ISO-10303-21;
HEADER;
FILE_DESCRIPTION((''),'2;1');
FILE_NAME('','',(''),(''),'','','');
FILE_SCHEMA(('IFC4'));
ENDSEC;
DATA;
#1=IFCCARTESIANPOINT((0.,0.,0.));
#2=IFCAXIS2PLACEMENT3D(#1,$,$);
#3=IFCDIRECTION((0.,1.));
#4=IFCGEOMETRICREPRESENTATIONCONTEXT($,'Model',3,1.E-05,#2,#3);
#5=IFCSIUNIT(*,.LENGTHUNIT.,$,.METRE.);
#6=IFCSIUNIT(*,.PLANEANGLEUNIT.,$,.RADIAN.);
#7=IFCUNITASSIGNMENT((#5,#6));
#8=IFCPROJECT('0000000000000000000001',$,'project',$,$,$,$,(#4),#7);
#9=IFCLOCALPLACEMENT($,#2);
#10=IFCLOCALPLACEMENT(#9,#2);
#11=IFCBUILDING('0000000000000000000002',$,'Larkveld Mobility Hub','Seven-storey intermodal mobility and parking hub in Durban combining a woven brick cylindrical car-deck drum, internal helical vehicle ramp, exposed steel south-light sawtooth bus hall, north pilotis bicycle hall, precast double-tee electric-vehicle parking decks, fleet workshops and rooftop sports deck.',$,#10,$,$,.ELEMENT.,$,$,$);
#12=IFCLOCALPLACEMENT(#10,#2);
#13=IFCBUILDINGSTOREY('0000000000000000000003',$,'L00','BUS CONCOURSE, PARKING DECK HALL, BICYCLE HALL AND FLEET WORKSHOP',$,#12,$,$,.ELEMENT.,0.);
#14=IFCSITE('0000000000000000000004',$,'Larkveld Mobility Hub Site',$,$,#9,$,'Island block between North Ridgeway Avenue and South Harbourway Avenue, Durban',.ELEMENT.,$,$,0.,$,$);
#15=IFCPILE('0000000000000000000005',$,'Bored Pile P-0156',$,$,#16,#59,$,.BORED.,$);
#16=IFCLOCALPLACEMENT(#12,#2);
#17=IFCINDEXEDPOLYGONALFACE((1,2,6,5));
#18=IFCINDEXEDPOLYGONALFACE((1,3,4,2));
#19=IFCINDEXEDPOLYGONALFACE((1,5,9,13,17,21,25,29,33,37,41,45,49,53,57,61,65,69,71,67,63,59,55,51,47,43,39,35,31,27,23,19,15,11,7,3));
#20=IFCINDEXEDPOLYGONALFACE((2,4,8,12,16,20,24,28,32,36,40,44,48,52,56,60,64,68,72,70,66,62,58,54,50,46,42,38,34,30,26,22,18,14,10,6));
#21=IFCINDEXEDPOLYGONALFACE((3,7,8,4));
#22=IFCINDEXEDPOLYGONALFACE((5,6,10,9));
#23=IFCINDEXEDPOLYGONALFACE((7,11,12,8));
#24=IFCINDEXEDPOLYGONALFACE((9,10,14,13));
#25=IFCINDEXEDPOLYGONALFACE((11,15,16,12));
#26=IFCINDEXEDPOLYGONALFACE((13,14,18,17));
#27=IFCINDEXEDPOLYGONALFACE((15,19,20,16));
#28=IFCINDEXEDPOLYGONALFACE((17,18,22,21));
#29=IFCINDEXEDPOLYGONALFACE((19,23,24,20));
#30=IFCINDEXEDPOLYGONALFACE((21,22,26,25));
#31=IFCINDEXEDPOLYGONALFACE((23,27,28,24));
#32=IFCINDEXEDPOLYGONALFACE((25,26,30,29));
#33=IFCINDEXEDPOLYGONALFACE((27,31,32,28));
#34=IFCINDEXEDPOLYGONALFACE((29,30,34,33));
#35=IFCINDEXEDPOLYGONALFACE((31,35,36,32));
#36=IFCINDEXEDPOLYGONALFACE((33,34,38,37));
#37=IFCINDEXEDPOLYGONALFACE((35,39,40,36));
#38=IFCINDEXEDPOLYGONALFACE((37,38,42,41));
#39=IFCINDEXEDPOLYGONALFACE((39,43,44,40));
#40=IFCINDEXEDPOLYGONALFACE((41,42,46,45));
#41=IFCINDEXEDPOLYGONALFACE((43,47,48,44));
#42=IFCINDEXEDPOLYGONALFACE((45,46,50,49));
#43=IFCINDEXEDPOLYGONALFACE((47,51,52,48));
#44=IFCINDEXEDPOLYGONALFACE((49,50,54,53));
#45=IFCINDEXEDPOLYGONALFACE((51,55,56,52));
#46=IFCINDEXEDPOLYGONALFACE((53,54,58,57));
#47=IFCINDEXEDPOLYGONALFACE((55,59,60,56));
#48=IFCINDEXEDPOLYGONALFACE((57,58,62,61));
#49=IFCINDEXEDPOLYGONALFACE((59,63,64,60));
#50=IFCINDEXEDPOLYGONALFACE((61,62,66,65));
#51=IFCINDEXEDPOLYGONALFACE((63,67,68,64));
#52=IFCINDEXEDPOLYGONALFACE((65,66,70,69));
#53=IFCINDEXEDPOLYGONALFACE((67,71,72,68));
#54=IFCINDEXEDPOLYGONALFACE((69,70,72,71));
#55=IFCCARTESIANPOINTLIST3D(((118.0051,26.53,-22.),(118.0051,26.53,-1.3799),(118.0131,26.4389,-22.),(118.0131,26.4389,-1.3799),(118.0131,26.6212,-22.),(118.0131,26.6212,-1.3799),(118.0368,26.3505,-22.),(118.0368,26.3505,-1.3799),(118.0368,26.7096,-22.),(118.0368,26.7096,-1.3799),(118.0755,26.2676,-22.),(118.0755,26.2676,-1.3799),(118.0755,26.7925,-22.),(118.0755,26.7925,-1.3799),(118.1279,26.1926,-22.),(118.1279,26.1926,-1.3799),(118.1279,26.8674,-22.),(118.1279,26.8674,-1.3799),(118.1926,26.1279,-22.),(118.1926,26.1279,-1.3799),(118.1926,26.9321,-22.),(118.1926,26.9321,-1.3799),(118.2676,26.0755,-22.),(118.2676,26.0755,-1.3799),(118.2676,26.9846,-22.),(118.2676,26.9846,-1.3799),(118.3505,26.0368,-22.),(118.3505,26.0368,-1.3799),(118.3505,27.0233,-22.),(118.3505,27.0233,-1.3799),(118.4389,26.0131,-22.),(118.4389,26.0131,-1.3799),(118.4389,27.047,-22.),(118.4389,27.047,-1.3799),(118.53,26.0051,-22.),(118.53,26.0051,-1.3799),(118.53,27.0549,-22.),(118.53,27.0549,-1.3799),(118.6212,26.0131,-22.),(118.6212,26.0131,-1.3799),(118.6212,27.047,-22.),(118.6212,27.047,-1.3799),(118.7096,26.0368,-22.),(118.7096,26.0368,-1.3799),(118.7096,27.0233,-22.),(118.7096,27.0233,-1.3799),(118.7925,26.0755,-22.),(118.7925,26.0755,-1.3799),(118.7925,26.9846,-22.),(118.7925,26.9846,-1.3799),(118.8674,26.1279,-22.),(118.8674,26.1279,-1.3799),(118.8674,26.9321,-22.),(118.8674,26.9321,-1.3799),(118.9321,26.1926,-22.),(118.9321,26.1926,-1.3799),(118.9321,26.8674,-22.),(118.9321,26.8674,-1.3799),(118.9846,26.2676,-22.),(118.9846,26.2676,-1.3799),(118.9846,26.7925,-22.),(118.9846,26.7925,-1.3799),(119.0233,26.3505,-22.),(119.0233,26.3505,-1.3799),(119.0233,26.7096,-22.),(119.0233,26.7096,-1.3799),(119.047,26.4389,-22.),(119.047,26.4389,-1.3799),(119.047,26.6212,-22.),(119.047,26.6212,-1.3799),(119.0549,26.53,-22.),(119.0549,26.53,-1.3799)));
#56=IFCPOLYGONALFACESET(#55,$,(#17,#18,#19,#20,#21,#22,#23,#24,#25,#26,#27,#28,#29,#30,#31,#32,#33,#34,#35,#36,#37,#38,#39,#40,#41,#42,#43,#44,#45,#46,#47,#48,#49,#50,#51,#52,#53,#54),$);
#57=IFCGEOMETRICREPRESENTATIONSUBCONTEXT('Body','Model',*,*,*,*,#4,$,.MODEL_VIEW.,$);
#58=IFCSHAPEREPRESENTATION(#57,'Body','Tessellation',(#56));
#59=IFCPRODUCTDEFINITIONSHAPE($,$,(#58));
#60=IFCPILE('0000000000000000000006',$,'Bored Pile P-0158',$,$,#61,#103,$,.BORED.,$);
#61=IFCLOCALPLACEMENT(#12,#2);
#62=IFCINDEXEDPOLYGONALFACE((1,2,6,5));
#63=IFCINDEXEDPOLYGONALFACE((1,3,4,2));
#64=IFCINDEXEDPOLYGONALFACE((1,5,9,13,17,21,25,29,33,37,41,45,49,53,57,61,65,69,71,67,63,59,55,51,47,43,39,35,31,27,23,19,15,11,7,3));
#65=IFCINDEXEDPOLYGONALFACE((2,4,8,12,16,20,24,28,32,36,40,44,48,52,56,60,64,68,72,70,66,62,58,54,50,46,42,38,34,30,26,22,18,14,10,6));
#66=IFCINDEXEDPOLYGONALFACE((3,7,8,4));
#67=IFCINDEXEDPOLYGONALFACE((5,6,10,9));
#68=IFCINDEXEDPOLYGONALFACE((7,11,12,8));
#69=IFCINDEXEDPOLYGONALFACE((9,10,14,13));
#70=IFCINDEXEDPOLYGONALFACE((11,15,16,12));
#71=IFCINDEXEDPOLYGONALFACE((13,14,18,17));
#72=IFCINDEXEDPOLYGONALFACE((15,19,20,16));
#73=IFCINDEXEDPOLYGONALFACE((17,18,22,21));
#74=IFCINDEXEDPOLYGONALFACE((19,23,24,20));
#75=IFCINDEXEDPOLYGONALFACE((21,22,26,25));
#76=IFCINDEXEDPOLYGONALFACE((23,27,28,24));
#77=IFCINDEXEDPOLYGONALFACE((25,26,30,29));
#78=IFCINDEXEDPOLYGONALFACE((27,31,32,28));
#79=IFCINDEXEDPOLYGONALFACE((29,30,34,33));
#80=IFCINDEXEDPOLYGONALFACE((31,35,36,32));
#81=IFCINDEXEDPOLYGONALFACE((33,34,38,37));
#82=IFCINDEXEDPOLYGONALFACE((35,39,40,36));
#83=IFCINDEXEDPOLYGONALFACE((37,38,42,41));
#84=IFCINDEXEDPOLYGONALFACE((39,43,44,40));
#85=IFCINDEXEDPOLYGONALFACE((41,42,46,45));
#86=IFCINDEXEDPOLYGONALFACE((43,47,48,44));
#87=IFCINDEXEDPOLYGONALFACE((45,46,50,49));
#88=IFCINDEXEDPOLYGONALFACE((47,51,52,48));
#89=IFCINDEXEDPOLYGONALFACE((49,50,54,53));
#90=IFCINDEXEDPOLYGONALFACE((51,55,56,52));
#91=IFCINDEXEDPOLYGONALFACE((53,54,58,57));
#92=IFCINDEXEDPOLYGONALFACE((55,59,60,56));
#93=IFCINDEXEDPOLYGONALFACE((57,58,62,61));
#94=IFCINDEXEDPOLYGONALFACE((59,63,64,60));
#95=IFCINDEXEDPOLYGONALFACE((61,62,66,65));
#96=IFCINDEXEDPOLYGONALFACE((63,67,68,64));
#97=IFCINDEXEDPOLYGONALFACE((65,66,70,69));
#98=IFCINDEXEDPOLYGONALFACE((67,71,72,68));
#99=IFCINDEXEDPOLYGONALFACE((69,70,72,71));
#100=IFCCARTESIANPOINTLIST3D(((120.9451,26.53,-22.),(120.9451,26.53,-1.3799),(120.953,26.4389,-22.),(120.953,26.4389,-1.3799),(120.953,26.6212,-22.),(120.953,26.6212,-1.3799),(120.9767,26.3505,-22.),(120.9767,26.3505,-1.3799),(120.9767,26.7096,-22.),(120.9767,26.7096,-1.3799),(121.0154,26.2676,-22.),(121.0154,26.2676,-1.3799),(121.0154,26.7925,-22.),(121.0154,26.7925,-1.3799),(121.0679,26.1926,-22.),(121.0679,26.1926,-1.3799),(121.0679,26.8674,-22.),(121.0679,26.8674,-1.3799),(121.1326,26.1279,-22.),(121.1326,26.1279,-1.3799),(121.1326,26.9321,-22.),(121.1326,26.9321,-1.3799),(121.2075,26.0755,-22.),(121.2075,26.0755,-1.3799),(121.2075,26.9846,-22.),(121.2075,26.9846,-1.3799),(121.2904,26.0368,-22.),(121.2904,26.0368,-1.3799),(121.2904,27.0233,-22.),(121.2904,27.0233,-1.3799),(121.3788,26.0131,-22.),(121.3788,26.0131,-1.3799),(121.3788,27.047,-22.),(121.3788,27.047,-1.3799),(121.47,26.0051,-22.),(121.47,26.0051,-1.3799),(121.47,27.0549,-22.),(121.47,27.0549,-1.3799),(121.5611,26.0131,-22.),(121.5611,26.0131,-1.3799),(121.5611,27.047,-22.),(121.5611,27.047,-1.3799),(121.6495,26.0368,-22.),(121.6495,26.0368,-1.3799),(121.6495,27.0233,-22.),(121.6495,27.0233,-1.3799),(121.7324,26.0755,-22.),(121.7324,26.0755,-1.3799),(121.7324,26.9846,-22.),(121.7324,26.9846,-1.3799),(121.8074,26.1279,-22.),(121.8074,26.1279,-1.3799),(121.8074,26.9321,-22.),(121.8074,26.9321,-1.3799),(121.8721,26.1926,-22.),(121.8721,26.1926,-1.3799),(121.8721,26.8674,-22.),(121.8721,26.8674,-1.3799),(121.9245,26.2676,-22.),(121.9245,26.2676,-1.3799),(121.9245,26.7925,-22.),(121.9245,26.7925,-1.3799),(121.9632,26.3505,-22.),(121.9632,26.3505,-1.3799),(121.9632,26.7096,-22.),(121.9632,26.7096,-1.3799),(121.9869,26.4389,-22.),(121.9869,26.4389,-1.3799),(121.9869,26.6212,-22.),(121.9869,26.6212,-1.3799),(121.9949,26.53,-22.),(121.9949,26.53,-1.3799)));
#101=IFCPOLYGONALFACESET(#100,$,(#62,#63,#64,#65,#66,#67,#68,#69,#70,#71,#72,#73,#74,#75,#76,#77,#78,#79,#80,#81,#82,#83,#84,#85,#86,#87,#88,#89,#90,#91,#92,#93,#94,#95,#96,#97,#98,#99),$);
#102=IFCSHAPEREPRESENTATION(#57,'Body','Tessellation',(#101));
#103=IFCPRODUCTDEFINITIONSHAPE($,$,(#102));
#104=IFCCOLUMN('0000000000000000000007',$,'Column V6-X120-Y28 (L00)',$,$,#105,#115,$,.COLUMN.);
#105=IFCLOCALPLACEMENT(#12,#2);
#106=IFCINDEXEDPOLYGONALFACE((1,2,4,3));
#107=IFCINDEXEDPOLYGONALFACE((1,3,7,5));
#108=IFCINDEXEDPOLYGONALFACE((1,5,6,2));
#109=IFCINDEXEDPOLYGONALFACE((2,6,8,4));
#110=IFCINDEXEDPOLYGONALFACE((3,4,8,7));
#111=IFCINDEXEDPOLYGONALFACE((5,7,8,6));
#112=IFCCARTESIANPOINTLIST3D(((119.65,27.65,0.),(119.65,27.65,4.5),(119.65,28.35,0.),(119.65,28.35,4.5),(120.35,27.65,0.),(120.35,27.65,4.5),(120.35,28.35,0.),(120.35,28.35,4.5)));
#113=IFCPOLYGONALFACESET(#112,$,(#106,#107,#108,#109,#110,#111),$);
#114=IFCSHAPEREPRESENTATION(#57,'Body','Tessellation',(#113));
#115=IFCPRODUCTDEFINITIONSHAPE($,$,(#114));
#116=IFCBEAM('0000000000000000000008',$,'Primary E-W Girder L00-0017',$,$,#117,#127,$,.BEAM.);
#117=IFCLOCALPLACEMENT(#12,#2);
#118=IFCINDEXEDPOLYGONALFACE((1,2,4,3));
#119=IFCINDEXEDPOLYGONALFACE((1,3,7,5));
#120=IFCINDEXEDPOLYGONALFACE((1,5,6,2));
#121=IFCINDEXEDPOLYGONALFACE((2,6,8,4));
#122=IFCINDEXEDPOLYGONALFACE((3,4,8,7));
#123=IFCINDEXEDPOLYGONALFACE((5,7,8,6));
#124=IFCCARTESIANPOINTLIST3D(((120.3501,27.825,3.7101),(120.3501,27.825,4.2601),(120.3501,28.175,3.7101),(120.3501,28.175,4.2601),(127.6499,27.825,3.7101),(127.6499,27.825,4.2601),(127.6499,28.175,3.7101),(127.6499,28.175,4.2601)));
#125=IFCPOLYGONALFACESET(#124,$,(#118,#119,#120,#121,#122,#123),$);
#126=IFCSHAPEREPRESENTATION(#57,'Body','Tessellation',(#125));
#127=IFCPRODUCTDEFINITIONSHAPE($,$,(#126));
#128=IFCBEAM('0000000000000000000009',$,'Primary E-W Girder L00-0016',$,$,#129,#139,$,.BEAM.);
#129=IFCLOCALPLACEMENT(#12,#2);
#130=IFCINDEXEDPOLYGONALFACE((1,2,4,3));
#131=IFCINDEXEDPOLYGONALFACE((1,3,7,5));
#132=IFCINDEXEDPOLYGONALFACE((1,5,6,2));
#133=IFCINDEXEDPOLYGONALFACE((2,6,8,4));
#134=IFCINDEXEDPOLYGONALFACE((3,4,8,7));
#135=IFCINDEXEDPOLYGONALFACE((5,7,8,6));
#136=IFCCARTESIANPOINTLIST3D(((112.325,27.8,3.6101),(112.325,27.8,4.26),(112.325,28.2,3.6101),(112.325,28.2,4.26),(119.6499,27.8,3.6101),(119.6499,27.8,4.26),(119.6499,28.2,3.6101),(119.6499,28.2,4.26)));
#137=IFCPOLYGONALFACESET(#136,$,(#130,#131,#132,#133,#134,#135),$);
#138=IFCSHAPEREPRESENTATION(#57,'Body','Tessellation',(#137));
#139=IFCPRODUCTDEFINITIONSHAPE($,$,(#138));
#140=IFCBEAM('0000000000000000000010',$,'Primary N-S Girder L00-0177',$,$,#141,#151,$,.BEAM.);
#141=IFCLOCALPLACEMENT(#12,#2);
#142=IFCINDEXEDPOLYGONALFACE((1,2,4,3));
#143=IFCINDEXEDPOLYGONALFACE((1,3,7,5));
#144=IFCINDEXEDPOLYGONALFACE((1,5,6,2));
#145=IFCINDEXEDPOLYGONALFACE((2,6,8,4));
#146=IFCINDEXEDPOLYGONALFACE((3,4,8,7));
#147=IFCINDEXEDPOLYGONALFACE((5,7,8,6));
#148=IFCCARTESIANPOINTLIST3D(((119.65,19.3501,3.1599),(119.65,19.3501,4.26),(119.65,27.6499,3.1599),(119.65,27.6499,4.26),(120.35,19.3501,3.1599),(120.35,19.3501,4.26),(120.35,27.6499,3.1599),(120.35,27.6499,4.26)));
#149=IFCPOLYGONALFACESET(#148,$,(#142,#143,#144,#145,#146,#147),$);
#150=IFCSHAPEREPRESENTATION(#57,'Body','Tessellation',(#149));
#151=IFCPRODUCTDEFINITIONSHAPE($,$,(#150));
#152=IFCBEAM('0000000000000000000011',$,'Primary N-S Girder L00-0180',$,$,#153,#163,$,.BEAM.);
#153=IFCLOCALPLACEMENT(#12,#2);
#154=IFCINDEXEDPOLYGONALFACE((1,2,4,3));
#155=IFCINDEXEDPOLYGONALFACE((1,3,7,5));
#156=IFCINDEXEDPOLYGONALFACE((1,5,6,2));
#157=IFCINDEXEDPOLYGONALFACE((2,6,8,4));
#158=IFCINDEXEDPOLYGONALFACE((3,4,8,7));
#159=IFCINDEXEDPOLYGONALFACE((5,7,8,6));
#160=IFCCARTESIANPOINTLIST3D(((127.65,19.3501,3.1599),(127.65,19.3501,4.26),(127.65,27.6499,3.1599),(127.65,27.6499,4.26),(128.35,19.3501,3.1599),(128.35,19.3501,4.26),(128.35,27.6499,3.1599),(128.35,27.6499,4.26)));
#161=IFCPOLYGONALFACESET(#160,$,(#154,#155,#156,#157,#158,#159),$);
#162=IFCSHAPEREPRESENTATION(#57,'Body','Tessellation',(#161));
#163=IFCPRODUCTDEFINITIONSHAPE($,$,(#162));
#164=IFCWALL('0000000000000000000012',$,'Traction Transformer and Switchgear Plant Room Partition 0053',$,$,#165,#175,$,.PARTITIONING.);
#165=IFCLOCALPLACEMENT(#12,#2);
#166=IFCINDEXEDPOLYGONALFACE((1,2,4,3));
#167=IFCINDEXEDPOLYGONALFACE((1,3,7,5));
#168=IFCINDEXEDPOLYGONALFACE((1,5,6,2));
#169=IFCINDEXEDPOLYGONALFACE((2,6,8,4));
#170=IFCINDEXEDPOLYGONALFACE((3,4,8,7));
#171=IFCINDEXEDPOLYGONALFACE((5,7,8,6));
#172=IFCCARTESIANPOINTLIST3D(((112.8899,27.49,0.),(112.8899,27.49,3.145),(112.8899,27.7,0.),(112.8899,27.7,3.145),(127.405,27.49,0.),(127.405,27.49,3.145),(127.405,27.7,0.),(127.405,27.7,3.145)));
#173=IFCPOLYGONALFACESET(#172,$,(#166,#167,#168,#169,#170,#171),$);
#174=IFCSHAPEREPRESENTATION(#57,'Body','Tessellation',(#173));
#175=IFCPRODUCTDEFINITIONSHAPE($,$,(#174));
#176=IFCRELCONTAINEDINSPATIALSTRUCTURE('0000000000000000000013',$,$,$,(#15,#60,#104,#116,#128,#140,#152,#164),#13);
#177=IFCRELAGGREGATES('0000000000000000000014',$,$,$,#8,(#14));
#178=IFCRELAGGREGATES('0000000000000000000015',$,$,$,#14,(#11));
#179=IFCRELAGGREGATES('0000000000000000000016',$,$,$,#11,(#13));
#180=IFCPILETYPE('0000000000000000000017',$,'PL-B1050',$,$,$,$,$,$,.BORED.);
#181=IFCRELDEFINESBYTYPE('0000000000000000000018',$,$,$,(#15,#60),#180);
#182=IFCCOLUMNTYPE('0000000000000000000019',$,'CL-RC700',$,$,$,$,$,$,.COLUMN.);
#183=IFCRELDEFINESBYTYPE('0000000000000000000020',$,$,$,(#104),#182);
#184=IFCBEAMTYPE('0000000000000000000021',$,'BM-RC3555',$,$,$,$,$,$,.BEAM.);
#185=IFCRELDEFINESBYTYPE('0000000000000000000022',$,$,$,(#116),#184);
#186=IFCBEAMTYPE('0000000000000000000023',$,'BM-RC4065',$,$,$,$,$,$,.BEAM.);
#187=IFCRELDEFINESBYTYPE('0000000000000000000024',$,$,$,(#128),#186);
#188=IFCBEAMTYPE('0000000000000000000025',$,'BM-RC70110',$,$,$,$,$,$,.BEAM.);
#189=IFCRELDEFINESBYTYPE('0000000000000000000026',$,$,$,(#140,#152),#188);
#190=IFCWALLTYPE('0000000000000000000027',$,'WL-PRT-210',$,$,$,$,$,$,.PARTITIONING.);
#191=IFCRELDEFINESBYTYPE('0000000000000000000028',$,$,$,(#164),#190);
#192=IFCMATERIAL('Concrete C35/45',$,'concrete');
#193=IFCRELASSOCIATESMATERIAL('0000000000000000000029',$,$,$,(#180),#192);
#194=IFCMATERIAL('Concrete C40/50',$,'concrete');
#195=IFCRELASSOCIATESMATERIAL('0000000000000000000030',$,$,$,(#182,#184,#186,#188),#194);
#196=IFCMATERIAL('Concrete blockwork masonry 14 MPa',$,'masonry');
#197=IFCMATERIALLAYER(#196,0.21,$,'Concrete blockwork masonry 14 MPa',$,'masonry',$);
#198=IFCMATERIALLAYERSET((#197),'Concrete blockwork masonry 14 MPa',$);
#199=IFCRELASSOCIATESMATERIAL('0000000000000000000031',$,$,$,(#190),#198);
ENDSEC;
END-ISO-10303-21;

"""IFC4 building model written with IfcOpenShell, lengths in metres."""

from ifc_helpers import new_model, si_unit, direction, frame, frame_2d, origin, origin_2d, place, context, subcontext, project, spatial, rectangle, circle, extrude, material, layer, layer_set, material_profile, profile_set, type_object, element, save


model = new_model("IFC4")

# Units and contexts
model_context = context("Model", 3, precision=1e-05, world=origin(), true_north=direction((0.0, 1.0)))
body_context = subcontext(model_context, "Body", "Model", "MODEL_VIEW")
ifc_project = project(units=[si_unit("LENGTHUNIT", "METRE"), si_unit("PLANEANGLEUNIT", "RADIAN")], contexts=[model_context])

# Site, building, storey
site_placement = place(None, origin())
site = spatial("IfcSite", under=ifc_project, at=site_placement, Name="Larkveld Mobility Hub Site", LongName="Island block between North Ridgeway Avenue and South Harbourway Avenue, Durban", CompositionType="ELEMENT", RefElevation=0.0)
building_placement = place(site_placement, origin())
building = spatial("IfcBuilding", under=site, at=building_placement, Name="Larkveld Mobility Hub", Description="Seven-storey intermodal mobility and parking hub in Durban combining a woven brick cylindrical car-deck drum, internal helical vehicle ramp, exposed steel south-light sawtooth bus hall, north pilotis bicycle hall, precast double-tee electric-vehicle parking decks, fleet workshops and rooftop sports deck.", CompositionType="ELEMENT")
storey_placement = place(building_placement, origin())
storey = spatial("IfcBuildingStorey", under=building, at=storey_placement, Name="L00", Description="BUS CONCOURSE, PARKING DECK HALL, BICYCLE HALL AND FLEET WORKSHOP", CompositionType="ELEMENT", Elevation=0.0)

# Shared definitions
ifc_material_1 = material(Name="Concrete C35/45", Category="concrete")

# Piles
ifc_material_profile_1 = material_profile(ifc_material_1, circle(Radius=0.5249, at=origin_2d()), Name="PILE D1050")
ifc_profile_set_1 = profile_set([ifc_material_profile_1], Name="Concrete C35/45")
pile_type = type_object("IfcPileType", Name="PL-B1050", PredefinedType="BORED", material=ifc_profile_set_1)
for number, where, z_axis, x_axis, name in (
    (1, (118.53, 26.53, -1.3799), (0.0, 0.0, -1.0), (1.0, 0.0, 0.0), "Bored Pile P-0156"),
    (2, (121.47, 26.53, -1.3799), (0.0, 0.0, -1.0), (1.0, 0.0, 0.0), "Bored Pile P-0158"),
):
    element("IfcPile", number, at=place(storey_placement, frame(where, z_axis=z_axis, x_axis=x_axis)), inside=storey, type_object=pile_type, Name=name, PredefinedType="BORED", context=body_context, shape_type="SweptSolid", body=[
        extrude(circle(Radius=0.5249, at=origin_2d()), origin(), (0.0, 0.0, 1.0), 20.6201),
    ])

# Column
ifc_material_2 = material(Name="Concrete C40/50", Category="concrete")
ifc_material_profile_2 = material_profile(ifc_material_2, rectangle(XDim=0.7, YDim=0.7, at=origin_2d()), Name="RC COL 700x700")
ifc_profile_set_2 = profile_set([ifc_material_profile_2], Name="Concrete C40/50")
column_type = type_object("IfcColumnType", Name="CL-RC700", PredefinedType="COLUMN", material=ifc_profile_set_2)
column_placement = place(storey_placement, frame((120.0, 28.0, 0.0), z_axis=(0.0, 0.0, 1.0), x_axis=(1.0, 0.0, 0.0)))
element("IfcColumn", 3, at=column_placement, inside=storey, type_object=column_type, Name="Column V6-X120-Y28 (L00)", PredefinedType="COLUMN", context=body_context, shape_type="SweptSolid", body=[
    extrude(rectangle(XDim=0.7, YDim=0.7, at=origin_2d()), origin(), (0.0, 0.0, 1.0), 4.5),
])

# Beams
ifc_material_profile_3 = material_profile(ifc_material_2, rectangle(XDim=0.3501, YDim=0.55, at=origin_2d()), Name="RC BM 350x550")
ifc_profile_set_3 = profile_set([ifc_material_profile_3], Name="Concrete C40/50")
beam_type_1 = type_object("IfcBeamType", Name="BM-RC3555", PredefinedType="BEAM", material=ifc_profile_set_3)
beam_1_placement = place(storey_placement, frame((120.3501, 28.0, 3.9851), z_axis=(1.0, 0.0, 0.0), x_axis=(0.0, 1.0, 0.0)))
element("IfcBeam", 4, at=beam_1_placement, inside=storey, type_object=beam_type_1, Name="Primary E-W Girder L00-0017", PredefinedType="BEAM", context=body_context, shape_type="SweptSolid", body=[
    extrude(rectangle(XDim=0.3501, YDim=0.55, at=origin_2d()), origin(), (0.0, 0.0, 1.0), 7.2998),
])
ifc_material_profile_4 = material_profile(ifc_material_2, rectangle(XDim=0.3999, YDim=0.6499, at=origin_2d()), Name="RC BM 400x650")
ifc_profile_set_4 = profile_set([ifc_material_profile_4], Name="Concrete C40/50")
beam_type_2 = type_object("IfcBeamType", Name="BM-RC4065", PredefinedType="BEAM", material=ifc_profile_set_4)
beam_2_placement = place(storey_placement, frame((112.325, 28.0, 3.9351), z_axis=(1.0, 0.0, 0.0), x_axis=(0.0, 1.0, 0.0)))
element("IfcBeam", 5, at=beam_2_placement, inside=storey, type_object=beam_type_2, Name="Primary E-W Girder L00-0016", PredefinedType="BEAM", context=body_context, shape_type="SweptSolid", body=[
    extrude(rectangle(XDim=0.3999, YDim=0.6499, at=origin_2d()), origin(), (0.0, 0.0, 1.0), 7.325),
])
ifc_material_profile_5 = material_profile(ifc_material_2, rectangle(XDim=0.7, YDim=1.1001, at=origin_2d()), Name="RC BM 700x1100")
ifc_profile_set_5 = profile_set([ifc_material_profile_5], Name="Concrete C40/50")
beam_type_3 = type_object("IfcBeamType", Name="BM-RC70110", PredefinedType="BEAM", material=ifc_profile_set_5)
for number, where, z_axis, x_axis, name in (
    (6, (120.0, 19.3501, 3.71), (0.0, 1.0, 0.0), (-1.0, 0.0, 0.0), "Primary N-S Girder L00-0177"),
    (7, (128.0, 19.3501, 3.71), (0.0, 1.0, 0.0), (-1.0, 0.0, 0.0), "Primary N-S Girder L00-0180"),
):
    element("IfcBeam", number, at=place(storey_placement, frame(where, z_axis=z_axis, x_axis=x_axis)), inside=storey, type_object=beam_type_3, Name=name, PredefinedType="BEAM", context=body_context, shape_type="SweptSolid", body=[
        extrude(rectangle(XDim=0.7, YDim=1.1001, at=origin_2d()), origin(), (0.0, 0.0, 1.0), 8.2998),
    ])

# Wall
ifc_material_3 = material(Name="Concrete blockwork masonry 14 MPa", Category="masonry")
ifc_layer = layer(ifc_material_3, 0.21, Name="Concrete blockwork masonry 14 MPa", Category="masonry")
ifc_layer_set = layer_set([ifc_layer], Name="Concrete blockwork masonry 14 MPa")
wall_type = type_object("IfcWallType", Name="WL-PRT-210", PredefinedType="PARTITIONING", material=ifc_layer_set)
wall_placement = place(storey_placement, frame((112.8899, 27.595, 0.0), z_axis=(0.0, 0.0, 1.0), x_axis=(1.0, 0.0, 0.0)))
element("IfcWall", 8, at=wall_placement, inside=storey, type_object=wall_type, Name="Traction Transformer and Switchgear Plant Room Partition 0053", PredefinedType="PARTITIONING", context=body_context, shape_type="SweptSolid", body=[
    extrude(rectangle(XDim=14.5151, YDim=0.21, at=frame_2d((7.2576, 0.0))), origin(), (0.0, 0.0, 1.0), 3.145),
])

save(model, "model.ifc")
